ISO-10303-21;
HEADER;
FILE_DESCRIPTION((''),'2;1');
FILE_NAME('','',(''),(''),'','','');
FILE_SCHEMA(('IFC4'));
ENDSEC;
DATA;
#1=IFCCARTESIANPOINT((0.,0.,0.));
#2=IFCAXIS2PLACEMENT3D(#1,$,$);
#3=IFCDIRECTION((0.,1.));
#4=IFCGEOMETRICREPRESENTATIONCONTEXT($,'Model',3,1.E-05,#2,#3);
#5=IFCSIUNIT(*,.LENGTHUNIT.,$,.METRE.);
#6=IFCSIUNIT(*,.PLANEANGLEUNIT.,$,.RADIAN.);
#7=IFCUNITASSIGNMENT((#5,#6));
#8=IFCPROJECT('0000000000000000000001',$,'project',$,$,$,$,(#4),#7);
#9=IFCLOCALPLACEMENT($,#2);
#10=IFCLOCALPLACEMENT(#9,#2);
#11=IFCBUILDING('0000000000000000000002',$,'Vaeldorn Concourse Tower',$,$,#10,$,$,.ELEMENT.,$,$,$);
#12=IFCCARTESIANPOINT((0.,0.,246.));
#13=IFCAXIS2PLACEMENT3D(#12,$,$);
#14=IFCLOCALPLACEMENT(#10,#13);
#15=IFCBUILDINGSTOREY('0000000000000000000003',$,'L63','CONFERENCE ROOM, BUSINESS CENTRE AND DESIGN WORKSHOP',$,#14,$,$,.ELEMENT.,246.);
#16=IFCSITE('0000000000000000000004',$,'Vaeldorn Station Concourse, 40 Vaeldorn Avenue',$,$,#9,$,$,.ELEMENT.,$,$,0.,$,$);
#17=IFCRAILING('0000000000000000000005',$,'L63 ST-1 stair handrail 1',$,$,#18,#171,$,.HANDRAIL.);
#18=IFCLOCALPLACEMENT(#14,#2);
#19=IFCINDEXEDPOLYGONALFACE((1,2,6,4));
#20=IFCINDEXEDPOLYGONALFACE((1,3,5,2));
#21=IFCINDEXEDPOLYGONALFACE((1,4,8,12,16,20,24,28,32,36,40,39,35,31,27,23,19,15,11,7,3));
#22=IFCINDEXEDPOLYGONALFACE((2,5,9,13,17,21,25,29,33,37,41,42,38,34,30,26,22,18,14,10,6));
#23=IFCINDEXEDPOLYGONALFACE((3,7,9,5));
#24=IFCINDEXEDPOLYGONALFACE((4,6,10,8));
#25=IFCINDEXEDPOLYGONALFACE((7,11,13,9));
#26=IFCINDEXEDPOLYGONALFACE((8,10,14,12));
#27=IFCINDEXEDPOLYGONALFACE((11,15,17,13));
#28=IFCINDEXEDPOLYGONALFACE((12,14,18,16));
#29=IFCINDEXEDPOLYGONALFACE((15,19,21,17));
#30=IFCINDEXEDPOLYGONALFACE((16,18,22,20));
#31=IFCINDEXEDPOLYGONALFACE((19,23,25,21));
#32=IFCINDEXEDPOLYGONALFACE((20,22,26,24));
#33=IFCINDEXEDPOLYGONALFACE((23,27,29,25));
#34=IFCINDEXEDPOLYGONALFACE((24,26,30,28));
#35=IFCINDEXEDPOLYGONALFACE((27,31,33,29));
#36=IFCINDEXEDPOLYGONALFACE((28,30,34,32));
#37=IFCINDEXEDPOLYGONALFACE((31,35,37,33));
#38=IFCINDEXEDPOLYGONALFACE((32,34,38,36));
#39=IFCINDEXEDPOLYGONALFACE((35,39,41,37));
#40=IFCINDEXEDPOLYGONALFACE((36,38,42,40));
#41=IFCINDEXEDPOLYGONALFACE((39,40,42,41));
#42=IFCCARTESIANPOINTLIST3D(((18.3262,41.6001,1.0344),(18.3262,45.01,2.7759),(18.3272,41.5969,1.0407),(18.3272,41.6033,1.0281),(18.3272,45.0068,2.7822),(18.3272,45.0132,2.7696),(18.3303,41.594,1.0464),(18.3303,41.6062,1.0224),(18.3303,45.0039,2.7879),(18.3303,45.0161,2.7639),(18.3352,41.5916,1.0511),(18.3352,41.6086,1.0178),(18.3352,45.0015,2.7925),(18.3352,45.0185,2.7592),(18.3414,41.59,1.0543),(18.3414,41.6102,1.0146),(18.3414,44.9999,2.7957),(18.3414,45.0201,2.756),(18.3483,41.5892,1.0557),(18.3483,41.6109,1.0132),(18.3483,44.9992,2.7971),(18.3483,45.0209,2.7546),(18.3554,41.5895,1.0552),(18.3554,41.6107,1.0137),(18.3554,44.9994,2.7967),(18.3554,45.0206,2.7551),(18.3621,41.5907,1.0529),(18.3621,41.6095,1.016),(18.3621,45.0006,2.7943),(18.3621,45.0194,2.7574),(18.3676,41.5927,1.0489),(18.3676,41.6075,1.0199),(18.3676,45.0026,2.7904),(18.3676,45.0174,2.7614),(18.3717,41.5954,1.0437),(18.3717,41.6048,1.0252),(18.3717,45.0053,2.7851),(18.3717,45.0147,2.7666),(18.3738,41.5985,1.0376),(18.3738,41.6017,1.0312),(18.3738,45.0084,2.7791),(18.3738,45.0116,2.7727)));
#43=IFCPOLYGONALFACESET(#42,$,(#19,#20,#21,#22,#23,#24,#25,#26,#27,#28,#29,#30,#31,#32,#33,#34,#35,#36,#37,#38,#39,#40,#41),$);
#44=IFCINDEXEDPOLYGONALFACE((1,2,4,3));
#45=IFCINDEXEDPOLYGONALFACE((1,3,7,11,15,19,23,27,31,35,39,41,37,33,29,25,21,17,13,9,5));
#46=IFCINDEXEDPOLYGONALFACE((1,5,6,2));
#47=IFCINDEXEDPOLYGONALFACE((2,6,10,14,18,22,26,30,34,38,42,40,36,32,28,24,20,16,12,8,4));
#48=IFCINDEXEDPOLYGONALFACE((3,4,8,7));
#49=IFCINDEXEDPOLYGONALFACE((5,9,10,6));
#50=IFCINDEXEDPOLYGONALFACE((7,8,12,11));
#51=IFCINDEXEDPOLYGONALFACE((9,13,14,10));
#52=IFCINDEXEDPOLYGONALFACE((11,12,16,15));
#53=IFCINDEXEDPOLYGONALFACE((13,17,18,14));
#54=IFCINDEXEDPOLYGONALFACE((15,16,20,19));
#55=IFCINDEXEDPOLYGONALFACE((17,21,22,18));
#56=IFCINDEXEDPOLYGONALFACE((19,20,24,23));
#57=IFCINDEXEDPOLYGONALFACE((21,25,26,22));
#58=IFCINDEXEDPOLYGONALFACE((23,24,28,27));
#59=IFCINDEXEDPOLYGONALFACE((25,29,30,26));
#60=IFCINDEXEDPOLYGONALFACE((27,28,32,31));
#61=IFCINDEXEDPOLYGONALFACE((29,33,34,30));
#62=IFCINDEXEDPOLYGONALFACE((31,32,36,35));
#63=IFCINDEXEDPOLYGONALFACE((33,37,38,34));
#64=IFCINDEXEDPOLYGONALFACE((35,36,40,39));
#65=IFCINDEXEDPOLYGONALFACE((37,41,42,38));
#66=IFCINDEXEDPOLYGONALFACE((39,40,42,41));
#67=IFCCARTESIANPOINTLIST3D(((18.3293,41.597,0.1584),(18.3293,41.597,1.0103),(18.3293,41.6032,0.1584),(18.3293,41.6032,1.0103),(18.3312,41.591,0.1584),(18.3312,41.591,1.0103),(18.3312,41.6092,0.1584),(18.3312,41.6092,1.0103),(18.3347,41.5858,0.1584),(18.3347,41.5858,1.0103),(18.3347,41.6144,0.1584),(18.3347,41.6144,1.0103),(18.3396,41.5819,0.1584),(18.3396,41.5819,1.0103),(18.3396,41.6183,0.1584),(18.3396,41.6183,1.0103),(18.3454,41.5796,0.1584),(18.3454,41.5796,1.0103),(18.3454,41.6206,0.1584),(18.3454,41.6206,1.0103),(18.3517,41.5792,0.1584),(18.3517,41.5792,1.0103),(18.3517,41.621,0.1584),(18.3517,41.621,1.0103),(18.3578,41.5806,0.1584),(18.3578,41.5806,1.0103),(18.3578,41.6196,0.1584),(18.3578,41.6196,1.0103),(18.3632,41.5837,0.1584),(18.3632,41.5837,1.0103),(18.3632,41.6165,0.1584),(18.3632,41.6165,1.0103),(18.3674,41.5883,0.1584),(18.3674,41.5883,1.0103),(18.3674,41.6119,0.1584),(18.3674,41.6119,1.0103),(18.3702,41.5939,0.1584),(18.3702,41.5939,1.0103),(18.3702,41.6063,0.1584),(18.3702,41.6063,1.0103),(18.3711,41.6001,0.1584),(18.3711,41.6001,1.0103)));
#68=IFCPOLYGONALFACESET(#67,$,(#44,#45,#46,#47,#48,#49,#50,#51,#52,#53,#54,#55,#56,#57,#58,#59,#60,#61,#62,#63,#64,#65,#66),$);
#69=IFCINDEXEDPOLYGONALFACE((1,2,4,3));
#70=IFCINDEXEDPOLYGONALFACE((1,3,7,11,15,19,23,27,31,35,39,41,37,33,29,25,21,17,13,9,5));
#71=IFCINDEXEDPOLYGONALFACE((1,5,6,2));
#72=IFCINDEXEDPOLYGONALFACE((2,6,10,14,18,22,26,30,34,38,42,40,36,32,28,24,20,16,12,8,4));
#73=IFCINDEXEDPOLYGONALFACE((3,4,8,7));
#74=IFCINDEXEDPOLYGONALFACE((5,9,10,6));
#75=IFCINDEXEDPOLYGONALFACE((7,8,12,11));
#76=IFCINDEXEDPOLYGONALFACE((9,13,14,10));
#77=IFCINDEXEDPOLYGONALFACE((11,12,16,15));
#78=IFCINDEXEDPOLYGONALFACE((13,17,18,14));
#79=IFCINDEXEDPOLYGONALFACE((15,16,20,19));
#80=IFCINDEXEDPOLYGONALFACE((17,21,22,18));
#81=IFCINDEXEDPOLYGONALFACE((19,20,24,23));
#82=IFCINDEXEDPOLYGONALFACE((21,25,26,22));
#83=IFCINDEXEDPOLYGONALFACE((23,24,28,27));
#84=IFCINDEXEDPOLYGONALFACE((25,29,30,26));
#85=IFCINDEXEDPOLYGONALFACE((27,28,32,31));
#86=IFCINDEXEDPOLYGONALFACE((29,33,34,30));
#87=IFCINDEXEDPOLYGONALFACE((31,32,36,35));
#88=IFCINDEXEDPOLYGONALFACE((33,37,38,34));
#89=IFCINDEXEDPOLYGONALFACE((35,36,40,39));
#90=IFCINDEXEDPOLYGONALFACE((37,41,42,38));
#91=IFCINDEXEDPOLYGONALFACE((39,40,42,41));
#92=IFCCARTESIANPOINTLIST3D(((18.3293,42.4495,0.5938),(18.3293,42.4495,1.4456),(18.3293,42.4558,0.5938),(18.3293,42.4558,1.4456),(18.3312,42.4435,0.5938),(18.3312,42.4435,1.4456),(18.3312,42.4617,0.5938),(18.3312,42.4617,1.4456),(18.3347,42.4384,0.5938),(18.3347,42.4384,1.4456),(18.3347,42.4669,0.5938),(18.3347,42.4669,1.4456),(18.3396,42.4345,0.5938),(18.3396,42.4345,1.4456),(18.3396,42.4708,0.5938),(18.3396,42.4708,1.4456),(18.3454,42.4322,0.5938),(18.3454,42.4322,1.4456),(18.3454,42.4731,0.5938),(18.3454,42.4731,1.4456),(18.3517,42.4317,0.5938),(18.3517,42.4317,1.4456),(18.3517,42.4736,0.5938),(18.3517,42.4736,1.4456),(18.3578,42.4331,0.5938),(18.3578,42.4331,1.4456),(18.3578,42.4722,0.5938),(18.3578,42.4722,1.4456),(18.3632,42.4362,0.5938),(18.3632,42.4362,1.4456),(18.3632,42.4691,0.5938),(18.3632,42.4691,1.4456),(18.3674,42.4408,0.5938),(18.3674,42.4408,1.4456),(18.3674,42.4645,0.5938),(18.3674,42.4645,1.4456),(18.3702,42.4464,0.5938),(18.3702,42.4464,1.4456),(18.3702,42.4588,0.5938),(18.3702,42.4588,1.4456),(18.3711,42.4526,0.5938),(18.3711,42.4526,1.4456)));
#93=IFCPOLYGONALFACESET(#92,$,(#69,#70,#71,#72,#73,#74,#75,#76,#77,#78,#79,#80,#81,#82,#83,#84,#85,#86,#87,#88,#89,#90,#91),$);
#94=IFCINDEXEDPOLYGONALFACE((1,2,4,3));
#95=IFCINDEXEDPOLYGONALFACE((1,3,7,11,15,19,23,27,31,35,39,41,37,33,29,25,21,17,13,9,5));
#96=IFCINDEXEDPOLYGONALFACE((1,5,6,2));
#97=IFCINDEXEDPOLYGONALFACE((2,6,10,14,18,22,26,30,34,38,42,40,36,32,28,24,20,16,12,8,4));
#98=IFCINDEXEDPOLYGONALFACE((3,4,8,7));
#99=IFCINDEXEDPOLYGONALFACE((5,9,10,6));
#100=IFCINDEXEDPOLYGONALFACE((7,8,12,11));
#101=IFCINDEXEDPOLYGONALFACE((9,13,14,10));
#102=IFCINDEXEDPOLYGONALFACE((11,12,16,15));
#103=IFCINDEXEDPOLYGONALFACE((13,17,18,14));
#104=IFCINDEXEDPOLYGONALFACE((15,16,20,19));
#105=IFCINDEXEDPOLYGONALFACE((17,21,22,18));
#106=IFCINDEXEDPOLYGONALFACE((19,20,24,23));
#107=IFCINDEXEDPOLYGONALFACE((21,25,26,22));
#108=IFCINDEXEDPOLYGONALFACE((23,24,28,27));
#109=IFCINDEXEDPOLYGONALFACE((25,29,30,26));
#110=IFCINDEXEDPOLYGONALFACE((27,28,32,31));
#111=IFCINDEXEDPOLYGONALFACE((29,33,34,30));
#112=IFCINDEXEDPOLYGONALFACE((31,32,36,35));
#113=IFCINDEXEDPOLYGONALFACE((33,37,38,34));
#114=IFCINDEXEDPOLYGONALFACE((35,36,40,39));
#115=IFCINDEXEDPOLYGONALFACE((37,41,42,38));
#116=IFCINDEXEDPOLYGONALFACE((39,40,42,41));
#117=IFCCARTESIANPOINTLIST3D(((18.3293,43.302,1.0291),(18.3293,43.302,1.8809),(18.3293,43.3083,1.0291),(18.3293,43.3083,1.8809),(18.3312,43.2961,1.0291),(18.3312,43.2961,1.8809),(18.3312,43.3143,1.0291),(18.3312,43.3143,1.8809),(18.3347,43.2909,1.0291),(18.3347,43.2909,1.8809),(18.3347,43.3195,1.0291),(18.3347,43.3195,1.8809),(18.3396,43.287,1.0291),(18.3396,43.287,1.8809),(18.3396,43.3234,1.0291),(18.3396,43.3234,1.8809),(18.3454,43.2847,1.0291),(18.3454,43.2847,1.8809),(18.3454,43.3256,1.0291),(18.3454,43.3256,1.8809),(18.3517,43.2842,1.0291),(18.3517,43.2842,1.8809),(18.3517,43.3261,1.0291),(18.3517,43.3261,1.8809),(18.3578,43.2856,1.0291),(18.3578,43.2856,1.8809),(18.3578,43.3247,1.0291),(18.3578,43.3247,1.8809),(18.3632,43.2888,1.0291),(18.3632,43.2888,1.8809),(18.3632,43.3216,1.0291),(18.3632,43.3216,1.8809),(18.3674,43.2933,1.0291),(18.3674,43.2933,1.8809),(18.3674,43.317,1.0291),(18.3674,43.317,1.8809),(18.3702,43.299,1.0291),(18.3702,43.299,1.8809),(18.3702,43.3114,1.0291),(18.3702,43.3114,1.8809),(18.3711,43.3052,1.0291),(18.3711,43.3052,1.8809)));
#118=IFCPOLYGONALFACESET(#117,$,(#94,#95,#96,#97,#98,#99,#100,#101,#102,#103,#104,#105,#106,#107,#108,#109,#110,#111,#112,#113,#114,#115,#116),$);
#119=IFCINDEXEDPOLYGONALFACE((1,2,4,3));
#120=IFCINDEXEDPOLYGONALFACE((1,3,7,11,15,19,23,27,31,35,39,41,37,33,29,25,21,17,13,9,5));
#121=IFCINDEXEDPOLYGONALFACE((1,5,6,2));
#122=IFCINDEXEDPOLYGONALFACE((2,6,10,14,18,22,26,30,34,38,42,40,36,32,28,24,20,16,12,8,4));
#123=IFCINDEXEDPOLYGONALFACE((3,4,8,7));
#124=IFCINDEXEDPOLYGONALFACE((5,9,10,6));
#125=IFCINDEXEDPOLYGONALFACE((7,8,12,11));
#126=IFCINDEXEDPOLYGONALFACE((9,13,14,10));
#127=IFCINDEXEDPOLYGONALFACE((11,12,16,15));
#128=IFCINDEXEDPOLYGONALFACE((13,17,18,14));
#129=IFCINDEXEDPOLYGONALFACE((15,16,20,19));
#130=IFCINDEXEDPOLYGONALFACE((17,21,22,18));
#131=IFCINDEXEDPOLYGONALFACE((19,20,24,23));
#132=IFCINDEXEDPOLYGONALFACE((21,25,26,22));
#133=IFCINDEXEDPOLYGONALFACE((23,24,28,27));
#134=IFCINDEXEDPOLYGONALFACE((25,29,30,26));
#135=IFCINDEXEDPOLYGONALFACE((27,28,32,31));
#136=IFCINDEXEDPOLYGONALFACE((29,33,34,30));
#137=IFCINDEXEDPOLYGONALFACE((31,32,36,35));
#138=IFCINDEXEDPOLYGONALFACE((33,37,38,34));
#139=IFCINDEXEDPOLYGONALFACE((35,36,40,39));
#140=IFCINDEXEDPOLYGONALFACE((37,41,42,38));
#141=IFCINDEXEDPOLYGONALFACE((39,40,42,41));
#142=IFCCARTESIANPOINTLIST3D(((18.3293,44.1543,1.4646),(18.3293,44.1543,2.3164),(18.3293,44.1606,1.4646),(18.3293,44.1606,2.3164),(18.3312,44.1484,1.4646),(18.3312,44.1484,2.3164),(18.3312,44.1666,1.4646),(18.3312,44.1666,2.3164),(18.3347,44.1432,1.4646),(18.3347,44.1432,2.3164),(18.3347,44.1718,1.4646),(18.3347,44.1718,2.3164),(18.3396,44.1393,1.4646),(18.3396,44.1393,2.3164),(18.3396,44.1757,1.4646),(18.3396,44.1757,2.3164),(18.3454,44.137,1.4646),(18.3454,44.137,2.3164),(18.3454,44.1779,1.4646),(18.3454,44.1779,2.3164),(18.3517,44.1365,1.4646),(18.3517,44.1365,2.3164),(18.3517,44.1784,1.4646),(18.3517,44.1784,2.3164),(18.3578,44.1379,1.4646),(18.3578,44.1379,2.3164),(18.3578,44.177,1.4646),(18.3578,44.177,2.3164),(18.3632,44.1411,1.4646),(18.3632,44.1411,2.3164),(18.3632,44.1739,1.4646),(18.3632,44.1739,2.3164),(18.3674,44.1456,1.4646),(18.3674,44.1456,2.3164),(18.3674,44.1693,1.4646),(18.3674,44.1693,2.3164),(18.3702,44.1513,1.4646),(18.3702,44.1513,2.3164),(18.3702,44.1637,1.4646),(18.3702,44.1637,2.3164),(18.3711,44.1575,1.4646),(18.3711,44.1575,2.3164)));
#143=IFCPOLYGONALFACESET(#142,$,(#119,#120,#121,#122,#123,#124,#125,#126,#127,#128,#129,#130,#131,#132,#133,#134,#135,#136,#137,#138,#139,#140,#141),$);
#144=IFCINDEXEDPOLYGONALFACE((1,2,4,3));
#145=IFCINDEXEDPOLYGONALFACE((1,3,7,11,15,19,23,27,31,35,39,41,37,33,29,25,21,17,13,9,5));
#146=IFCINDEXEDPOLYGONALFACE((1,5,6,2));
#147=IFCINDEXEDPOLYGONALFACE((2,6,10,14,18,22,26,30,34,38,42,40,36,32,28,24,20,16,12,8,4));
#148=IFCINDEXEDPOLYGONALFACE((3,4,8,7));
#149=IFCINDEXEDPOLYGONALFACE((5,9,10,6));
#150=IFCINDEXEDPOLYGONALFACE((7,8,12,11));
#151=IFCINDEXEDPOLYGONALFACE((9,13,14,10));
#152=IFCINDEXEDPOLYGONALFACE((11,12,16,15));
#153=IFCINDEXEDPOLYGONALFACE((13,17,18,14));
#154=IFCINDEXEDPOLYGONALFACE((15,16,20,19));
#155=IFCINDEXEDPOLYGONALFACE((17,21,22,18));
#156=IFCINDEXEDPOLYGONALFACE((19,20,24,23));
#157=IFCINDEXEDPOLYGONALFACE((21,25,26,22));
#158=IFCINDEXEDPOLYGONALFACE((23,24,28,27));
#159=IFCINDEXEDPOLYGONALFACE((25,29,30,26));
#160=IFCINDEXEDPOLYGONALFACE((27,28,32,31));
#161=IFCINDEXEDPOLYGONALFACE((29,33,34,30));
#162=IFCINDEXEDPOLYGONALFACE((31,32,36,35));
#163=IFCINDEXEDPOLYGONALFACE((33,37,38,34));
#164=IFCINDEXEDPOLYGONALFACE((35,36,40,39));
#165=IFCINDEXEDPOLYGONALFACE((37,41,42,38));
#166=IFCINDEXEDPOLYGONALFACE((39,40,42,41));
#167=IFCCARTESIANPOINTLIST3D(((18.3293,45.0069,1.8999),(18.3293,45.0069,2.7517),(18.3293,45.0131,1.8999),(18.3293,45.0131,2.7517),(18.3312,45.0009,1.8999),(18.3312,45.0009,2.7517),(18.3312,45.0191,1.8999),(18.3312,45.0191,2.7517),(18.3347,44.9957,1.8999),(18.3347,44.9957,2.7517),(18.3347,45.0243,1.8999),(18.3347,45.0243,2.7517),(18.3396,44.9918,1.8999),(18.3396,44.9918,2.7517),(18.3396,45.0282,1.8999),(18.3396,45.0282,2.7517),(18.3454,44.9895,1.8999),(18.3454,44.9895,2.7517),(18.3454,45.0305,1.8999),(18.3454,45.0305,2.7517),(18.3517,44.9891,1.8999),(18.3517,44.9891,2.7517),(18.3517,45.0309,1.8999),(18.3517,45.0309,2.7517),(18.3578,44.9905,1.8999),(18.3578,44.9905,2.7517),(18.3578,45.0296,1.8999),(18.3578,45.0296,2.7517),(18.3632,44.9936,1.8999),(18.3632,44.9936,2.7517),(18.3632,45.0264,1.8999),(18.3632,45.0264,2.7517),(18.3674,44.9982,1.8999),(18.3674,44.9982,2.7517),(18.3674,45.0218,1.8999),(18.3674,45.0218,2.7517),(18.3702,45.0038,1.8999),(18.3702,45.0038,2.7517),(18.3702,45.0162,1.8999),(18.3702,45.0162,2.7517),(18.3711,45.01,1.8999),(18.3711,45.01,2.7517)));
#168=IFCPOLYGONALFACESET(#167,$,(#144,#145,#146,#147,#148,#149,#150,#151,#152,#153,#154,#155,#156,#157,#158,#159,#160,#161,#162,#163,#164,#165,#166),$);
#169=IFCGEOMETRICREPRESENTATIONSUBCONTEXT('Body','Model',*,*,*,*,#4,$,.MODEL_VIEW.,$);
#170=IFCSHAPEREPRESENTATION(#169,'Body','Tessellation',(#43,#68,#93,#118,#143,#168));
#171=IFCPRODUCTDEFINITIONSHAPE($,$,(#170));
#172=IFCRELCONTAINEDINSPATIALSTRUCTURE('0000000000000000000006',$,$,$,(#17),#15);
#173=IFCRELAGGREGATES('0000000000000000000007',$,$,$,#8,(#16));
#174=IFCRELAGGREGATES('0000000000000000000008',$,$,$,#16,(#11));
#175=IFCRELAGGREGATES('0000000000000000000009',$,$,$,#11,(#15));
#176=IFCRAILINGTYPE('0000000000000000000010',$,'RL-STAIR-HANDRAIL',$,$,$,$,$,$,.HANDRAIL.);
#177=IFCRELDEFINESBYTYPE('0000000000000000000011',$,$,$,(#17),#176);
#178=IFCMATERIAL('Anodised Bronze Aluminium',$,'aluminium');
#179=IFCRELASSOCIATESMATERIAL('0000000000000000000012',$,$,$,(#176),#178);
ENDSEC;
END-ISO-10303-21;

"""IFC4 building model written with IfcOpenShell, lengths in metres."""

from ifc_helpers import new_model, si_unit, direction, frame, origin, origin_2d, place, context, subcontext, project, spatial, circle, extrude, material, type_object, element, save


model = new_model("IFC4")

# Units and contexts
model_context = context("Model", 3, precision=1e-05, world=origin(), true_north=direction((0.0, 1.0)))
body_context = subcontext(model_context, "Body", "Model", "MODEL_VIEW")
ifc_project = project(units=[si_unit("LENGTHUNIT", "METRE"), si_unit("PLANEANGLEUNIT", "RADIAN")], contexts=[model_context])

# Site, building, storey
site_placement = place(None, origin())
site = spatial("IfcSite", under=ifc_project, at=site_placement, Name="Vaeldorn Station Concourse, 40 Vaeldorn Avenue", CompositionType="ELEMENT", RefElevation=0.0)
building_placement = place(site_placement, origin())
building = spatial("IfcBuilding", under=site, at=building_placement, Name="Vaeldorn Concourse Tower", CompositionType="ELEMENT")
storey_placement = place(building_placement, frame((0.0, 0.0, 246.0)))
storey = spatial("IfcBuildingStorey", under=building, at=storey_placement, Name="L63", Description="CONFERENCE ROOM, BUSINESS CENTRE AND DESIGN WORKSHOP", CompositionType="ELEMENT", Elevation=246.0)

# Shared definitions
ifc_material_1 = material(Name="Anodised Bronze Aluminium", Category="aluminium")

# Railing
railing_type_1 = type_object("IfcRailingType", Name="RL-STAIR-HANDRAIL", PredefinedType="HANDRAIL", material=ifc_material_1)
railing_1_placement = place(storey_placement, frame((18.3501, 41.6001, 0.1584)))
element("IfcRailing", 1, at=railing_1_placement, inside=storey, type_object=railing_type_1, Name="L63 ST-1 stair handrail 1", PredefinedType="HANDRAIL", context=body_context, shape_type="SweptSolid", body=[
    extrude(circle(Radius=0.0239, at=origin_2d()), frame((0.0, 0.0, 0.876), z_axis=(0.0, 0.890582, 0.454823), x_axis=(-1.0, 0.0, 0.0)), (0.0, 0.0, 1.0), 3.8289),
    extrude(circle(Radius=0.021, at=origin_2d()), origin(), (0.0, 0.0, 1.0), 0.8518),
    extrude(circle(Radius=0.021, at=origin_2d()), frame((0.0, 0.8525, 0.4353)), (0.0, 0.0, 1.0), 0.8518),
    extrude(circle(Radius=0.021, at=origin_2d()), frame((0.0, 1.7051, 0.8706)), (0.0, 0.0, 1.0), 0.8518),
    extrude(circle(Radius=0.021, at=origin_2d()), frame((0.0, 2.5574, 1.3062)), (0.0, 0.0, 1.0), 0.8518),
    extrude(circle(Radius=0.021, at=origin_2d()), frame((0.0, 3.4099, 1.7415)), (0.0, 0.0, 1.0), 0.8518),
])

save(model, "model.ifc")
